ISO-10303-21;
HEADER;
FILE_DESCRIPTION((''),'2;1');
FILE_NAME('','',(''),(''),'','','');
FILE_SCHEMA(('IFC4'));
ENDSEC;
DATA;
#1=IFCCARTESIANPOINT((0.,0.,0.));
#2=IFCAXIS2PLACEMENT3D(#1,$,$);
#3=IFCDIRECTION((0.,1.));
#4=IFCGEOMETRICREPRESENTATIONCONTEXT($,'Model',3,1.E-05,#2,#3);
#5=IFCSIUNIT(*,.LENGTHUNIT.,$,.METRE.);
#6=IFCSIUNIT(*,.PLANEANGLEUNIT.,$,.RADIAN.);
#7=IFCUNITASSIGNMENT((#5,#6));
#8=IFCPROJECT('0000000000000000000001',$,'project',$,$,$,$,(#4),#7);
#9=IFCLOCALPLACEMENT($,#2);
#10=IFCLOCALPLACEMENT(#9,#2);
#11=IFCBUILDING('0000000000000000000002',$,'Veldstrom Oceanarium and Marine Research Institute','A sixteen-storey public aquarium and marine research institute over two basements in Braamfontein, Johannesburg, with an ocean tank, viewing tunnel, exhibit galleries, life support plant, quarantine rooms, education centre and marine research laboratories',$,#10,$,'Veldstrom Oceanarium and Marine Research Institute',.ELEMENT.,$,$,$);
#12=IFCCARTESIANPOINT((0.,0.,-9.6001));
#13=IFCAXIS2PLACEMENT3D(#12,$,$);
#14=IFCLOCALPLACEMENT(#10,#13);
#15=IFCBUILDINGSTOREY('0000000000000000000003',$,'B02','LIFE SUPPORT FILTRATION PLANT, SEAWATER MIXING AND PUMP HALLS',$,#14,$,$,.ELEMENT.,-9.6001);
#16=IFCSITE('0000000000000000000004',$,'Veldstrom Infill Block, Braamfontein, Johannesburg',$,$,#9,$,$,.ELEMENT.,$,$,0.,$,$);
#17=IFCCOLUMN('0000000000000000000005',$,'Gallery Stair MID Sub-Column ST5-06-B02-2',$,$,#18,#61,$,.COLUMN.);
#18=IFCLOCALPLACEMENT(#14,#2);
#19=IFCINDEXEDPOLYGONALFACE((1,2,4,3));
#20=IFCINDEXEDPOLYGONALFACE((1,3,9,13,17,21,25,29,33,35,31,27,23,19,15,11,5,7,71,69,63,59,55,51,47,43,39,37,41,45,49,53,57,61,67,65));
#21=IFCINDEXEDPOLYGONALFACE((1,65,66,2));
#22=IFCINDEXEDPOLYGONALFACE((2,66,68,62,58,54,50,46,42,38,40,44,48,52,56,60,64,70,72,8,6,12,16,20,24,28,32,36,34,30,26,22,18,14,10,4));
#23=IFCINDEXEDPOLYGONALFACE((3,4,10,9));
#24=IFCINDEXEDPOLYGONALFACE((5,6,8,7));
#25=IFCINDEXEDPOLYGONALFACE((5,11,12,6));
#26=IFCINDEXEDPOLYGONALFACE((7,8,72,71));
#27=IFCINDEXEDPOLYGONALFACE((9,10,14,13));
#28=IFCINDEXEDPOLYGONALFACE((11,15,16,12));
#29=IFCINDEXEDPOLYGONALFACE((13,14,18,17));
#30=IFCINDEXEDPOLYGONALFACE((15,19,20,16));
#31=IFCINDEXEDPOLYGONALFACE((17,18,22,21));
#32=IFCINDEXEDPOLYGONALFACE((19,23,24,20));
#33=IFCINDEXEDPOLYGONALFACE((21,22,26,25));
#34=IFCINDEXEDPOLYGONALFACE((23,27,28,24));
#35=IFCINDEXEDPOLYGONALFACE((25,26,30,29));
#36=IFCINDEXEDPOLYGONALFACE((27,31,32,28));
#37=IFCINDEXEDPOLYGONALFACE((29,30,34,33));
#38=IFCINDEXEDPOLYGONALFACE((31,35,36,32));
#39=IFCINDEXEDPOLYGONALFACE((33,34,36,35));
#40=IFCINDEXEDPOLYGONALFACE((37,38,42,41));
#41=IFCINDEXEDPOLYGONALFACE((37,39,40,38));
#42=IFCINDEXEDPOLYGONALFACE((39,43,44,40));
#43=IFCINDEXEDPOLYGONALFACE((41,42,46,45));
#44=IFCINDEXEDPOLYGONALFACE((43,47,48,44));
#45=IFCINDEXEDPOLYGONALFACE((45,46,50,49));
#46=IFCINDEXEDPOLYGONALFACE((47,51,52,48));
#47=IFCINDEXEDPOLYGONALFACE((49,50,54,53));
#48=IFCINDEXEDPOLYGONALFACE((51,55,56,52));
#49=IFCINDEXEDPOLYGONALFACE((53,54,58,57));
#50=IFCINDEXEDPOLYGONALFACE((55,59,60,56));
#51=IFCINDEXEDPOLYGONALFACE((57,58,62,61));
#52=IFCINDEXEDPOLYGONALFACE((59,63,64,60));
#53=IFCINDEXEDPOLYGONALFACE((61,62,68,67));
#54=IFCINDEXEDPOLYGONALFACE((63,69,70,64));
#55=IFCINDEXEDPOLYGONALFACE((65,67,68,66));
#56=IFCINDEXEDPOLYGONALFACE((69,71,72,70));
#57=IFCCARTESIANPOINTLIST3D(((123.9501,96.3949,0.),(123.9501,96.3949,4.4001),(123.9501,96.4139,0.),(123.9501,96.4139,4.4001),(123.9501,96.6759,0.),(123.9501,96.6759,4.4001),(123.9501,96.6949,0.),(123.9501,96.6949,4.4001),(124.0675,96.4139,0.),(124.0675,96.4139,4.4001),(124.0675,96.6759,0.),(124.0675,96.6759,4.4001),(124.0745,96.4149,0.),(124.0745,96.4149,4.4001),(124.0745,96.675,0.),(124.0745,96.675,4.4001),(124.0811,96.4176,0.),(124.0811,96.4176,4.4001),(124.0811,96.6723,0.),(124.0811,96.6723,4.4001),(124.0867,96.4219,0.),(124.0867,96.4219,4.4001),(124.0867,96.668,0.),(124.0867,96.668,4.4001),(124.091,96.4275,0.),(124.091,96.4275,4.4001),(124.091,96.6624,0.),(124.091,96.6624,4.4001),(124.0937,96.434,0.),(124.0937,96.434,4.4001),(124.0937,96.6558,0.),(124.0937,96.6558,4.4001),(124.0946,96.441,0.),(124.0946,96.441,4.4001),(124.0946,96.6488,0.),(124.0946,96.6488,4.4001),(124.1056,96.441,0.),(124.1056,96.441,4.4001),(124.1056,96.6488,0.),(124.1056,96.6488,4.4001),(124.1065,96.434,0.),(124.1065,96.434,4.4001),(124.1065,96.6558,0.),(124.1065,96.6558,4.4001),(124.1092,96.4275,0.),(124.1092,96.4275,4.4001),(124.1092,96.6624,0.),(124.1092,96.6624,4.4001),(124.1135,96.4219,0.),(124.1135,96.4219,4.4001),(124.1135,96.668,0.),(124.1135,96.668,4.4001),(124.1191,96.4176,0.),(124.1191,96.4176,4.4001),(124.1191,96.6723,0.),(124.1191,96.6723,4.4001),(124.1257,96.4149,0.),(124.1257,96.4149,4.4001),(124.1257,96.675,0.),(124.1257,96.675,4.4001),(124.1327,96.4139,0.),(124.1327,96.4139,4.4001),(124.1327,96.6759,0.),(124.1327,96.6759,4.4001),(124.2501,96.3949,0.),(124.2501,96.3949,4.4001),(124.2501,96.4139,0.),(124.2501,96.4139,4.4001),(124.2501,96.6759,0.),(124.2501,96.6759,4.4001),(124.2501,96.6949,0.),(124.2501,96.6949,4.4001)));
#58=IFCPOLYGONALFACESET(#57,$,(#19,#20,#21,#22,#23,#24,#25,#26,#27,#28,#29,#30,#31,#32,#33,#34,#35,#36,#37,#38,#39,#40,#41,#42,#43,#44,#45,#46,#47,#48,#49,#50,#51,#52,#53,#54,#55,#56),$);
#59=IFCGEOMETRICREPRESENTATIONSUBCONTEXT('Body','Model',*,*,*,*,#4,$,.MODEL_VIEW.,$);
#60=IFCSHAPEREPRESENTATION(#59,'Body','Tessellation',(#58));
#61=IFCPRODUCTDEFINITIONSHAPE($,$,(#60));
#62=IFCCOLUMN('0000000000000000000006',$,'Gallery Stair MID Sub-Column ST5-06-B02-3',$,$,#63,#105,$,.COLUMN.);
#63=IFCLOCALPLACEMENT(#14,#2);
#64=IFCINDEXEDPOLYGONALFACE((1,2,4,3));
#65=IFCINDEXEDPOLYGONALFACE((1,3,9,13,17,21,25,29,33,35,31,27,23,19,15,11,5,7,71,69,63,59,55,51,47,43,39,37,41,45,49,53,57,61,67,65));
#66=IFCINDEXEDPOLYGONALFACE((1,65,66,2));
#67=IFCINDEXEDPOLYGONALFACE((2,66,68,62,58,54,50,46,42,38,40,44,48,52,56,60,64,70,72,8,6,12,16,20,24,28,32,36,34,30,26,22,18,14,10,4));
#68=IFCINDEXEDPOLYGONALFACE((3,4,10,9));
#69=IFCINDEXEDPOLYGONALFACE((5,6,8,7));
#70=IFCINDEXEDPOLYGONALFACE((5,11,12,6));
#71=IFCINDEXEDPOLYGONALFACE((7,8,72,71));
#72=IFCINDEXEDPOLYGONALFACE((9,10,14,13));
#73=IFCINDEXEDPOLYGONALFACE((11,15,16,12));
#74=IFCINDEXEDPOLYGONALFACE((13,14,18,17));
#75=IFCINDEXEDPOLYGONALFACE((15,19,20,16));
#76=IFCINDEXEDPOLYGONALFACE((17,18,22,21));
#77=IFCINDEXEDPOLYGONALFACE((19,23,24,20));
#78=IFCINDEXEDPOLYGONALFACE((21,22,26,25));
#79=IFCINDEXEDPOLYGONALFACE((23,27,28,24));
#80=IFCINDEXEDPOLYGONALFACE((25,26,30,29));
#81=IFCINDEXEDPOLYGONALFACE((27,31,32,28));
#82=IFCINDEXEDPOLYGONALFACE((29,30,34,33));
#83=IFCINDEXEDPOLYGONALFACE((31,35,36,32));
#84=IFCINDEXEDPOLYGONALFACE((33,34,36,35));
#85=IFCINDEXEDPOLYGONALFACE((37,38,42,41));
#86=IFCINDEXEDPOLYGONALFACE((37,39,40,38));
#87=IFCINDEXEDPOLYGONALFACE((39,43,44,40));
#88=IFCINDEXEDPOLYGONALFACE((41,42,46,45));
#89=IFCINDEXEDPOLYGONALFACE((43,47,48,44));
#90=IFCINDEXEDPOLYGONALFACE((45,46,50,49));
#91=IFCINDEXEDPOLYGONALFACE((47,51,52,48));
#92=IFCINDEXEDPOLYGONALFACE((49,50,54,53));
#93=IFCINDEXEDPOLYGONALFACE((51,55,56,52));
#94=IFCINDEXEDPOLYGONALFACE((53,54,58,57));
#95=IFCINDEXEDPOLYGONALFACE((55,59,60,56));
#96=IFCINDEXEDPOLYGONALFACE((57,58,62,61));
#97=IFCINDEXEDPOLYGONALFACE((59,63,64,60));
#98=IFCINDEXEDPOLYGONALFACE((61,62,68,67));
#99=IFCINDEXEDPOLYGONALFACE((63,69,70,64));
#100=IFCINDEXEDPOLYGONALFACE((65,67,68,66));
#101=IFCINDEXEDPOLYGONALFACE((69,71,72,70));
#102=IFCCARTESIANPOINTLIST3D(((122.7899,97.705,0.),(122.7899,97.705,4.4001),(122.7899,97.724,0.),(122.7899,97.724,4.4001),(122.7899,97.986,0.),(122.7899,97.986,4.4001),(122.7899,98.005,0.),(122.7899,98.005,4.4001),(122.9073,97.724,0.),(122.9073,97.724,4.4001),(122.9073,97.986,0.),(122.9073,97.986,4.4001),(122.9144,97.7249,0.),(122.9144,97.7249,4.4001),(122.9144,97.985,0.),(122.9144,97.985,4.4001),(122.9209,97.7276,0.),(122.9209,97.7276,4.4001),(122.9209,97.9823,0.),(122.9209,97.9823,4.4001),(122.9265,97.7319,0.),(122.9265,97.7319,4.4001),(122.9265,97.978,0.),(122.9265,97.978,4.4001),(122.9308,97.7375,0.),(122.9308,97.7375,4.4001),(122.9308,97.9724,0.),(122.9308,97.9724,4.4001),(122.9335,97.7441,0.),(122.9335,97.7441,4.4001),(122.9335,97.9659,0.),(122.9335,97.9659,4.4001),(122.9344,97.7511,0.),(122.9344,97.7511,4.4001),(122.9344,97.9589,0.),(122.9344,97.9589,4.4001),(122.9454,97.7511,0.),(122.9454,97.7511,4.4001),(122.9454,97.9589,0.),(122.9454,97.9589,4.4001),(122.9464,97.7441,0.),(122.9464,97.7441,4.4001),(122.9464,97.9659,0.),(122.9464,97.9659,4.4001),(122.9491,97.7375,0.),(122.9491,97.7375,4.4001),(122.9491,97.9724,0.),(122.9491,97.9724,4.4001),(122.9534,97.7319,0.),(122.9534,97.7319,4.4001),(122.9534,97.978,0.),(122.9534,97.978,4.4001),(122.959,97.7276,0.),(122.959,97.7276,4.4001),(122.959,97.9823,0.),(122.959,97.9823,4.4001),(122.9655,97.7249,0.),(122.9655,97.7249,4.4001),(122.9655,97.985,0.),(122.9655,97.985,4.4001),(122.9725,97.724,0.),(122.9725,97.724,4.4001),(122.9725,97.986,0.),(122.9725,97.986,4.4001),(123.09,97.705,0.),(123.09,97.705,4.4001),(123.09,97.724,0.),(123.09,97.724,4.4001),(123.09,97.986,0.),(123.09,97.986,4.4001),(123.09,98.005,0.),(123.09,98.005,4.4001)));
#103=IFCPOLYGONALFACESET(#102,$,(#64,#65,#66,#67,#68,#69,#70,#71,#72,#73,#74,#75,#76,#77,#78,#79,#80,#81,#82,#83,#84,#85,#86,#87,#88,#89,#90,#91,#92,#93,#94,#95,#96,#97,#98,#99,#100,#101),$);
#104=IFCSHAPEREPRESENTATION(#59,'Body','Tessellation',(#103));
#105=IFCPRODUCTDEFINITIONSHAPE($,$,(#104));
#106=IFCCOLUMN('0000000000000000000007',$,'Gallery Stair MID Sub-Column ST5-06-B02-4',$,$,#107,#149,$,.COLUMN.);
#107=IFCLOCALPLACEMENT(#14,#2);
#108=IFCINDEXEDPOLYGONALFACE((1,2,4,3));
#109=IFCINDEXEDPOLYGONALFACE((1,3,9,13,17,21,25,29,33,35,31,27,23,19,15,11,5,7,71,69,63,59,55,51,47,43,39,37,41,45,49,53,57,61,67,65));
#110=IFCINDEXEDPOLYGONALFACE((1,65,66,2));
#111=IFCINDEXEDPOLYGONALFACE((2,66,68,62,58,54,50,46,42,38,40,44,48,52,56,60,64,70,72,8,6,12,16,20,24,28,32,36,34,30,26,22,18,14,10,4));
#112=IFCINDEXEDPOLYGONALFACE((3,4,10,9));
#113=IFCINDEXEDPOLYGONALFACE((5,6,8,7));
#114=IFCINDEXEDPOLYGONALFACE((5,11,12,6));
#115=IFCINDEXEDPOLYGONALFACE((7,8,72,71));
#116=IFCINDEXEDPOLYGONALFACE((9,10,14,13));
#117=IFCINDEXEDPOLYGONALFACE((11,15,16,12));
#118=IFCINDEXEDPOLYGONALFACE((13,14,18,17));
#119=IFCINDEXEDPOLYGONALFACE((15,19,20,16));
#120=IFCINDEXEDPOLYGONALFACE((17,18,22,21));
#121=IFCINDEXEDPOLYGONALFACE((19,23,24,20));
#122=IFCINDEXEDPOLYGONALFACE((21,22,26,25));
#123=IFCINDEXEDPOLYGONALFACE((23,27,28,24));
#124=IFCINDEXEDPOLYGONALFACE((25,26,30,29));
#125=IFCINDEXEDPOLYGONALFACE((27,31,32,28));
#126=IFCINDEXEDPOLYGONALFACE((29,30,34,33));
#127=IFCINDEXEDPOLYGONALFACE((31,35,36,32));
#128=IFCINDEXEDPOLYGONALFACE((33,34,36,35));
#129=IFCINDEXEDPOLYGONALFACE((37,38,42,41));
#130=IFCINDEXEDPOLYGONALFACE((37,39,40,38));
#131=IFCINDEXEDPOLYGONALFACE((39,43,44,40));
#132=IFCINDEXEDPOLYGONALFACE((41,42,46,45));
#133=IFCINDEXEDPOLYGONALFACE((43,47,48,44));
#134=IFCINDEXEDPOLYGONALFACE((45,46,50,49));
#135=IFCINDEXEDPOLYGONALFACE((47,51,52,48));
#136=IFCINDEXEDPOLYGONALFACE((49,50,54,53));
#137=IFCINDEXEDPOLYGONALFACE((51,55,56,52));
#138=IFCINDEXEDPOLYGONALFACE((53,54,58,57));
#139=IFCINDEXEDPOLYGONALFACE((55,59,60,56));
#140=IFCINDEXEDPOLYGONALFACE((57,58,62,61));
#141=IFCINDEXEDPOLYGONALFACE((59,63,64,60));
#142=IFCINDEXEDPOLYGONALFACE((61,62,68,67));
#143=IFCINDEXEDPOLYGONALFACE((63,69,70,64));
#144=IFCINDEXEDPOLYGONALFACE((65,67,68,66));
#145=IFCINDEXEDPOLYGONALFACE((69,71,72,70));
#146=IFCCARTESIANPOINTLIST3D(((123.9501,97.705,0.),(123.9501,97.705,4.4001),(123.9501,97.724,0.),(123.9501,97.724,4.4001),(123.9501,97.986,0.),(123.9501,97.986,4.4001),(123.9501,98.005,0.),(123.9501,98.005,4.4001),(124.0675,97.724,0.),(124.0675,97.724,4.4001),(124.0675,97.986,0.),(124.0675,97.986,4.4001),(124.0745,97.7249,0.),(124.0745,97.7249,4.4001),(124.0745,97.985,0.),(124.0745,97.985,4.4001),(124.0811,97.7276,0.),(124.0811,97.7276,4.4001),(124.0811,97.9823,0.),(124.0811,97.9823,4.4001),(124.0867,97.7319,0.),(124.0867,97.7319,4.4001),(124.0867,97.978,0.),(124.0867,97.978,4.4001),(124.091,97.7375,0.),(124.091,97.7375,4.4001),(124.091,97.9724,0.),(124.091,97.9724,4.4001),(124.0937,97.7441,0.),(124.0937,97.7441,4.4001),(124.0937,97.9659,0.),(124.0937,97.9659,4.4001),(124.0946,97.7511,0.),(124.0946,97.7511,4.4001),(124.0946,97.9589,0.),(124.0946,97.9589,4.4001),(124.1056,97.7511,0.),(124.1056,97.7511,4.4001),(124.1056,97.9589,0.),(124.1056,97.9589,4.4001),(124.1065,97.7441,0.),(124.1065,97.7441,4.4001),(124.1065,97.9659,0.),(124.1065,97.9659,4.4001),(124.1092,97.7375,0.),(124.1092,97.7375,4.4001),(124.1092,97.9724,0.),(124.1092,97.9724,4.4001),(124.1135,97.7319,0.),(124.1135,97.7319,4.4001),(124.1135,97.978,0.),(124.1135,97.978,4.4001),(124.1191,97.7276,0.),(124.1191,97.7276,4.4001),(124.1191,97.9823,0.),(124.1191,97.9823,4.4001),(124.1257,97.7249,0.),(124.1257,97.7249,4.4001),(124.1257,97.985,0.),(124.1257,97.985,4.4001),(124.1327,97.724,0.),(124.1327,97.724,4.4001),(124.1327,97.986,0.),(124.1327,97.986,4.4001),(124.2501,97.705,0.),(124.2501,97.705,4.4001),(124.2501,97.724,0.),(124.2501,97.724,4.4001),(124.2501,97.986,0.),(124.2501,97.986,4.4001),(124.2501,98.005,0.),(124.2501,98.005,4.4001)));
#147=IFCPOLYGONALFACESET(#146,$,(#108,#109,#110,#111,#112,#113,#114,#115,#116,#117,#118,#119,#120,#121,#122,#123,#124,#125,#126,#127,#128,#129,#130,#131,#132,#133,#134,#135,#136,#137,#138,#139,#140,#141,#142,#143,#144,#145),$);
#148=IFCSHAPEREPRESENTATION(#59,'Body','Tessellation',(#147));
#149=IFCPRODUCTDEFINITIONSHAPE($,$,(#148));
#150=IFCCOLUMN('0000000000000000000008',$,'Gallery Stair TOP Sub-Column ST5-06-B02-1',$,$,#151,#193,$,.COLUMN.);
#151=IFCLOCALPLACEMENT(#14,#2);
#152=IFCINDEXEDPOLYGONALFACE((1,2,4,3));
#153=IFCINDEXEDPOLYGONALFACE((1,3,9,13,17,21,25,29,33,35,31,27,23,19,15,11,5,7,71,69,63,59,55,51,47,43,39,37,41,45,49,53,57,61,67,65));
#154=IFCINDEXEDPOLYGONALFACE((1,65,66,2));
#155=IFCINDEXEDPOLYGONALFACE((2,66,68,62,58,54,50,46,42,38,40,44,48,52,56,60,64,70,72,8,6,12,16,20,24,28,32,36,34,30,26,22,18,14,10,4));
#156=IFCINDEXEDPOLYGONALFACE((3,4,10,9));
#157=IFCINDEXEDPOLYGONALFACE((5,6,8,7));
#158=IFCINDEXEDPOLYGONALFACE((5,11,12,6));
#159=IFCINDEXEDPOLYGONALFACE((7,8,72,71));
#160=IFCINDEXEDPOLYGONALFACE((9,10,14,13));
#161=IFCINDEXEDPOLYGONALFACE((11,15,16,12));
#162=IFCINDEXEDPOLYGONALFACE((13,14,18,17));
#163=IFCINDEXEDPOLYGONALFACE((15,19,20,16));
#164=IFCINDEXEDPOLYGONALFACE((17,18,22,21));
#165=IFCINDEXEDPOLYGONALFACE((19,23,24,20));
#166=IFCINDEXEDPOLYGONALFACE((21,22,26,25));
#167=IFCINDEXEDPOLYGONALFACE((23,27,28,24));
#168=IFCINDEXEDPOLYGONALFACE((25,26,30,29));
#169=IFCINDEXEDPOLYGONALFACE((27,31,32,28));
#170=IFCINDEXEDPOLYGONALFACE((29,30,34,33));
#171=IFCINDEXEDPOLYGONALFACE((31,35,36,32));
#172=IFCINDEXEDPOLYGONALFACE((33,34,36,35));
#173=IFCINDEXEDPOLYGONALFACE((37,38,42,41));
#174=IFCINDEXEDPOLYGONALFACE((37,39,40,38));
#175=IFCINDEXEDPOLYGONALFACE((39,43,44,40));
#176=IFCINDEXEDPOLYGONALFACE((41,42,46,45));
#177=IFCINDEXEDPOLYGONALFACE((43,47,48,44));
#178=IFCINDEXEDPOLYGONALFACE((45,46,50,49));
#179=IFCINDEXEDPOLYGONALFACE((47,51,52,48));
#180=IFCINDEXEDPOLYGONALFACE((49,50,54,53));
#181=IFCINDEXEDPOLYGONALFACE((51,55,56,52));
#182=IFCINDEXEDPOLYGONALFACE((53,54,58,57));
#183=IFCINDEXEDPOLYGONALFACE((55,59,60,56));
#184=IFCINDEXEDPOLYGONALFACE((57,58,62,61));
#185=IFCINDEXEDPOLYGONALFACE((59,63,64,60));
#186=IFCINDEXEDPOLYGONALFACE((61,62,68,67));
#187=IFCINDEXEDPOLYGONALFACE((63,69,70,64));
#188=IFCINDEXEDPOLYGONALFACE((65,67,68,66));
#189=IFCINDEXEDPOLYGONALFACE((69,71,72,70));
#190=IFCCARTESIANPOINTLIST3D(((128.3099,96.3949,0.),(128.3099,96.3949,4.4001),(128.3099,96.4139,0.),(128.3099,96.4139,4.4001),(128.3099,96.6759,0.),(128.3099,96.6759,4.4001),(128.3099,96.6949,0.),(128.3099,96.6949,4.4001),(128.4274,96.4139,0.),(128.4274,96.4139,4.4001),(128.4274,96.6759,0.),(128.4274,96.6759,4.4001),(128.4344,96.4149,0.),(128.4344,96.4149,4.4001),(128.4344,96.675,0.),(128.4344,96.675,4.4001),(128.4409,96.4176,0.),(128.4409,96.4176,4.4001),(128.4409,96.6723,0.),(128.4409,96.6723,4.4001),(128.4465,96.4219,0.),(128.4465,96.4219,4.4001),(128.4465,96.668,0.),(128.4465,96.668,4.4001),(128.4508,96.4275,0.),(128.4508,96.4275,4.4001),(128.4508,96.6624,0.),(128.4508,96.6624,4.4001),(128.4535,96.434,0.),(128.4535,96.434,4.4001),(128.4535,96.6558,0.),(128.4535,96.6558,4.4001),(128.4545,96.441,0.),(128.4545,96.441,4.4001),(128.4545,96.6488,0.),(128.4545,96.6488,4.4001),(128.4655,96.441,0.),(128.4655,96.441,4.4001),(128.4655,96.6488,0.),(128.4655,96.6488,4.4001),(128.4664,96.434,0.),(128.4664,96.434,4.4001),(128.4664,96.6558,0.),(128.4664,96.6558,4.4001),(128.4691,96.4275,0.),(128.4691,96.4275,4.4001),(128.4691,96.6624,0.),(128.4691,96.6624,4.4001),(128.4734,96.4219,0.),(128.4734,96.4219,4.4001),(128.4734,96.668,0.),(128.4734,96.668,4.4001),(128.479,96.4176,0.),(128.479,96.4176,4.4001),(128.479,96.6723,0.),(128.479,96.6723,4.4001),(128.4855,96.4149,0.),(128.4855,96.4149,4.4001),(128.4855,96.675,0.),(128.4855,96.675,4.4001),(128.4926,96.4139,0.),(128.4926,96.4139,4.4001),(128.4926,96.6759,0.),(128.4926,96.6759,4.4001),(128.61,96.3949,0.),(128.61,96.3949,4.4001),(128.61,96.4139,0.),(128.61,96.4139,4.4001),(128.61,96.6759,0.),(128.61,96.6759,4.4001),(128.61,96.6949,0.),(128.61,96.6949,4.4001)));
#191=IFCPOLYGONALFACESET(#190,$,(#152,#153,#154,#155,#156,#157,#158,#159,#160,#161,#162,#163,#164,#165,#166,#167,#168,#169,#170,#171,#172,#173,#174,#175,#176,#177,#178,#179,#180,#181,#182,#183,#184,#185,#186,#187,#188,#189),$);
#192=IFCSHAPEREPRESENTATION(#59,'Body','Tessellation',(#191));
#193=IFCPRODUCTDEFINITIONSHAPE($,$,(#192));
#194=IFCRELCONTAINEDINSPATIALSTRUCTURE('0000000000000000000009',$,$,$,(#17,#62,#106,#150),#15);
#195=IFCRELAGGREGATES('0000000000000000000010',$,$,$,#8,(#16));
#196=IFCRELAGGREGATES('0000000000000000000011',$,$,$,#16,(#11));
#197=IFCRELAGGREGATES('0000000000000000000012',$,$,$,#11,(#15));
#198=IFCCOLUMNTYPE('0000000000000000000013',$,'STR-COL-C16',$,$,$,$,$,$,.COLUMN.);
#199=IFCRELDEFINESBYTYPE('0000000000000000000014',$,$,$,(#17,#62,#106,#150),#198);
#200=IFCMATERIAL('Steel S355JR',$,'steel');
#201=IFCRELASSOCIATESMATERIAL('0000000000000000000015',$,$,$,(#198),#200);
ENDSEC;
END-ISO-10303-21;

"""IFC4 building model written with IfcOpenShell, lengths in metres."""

from ifc_helpers import new_model, si_unit, direction, frame, origin, origin_2d, place, context, subcontext, project, spatial, i_section, extrude, material, material_profile, profile_set, type_object, element, save


model = new_model("IFC4")

# Units and contexts
model_context = context("Model", 3, precision=1e-05, world=origin(), true_north=direction((0.0, 1.0)))
body_context = subcontext(model_context, "Body", "Model", "MODEL_VIEW")
ifc_project = project(units=[si_unit("LENGTHUNIT", "METRE"), si_unit("PLANEANGLEUNIT", "RADIAN")], contexts=[model_context])

# Site, building, storey
site_placement = place(None, origin())
site = spatial("IfcSite", under=ifc_project, at=site_placement, Name="Veldstrom Infill Block, Braamfontein, Johannesburg", CompositionType="ELEMENT", RefElevation=0.0)
building_placement = place(site_placement, origin())
building = spatial("IfcBuilding", under=site, at=building_placement, Name="Veldstrom Oceanarium and Marine Research Institute", Description="A sixteen-storey public aquarium and marine research institute over two basements in Braamfontein, Johannesburg, with an ocean tank, viewing tunnel, exhibit galleries, life support plant, quarantine rooms, education centre and marine research laboratories", LongName="Veldstrom Oceanarium and Marine Research Institute", CompositionType="ELEMENT")
storey_placement = place(building_placement, frame((0.0, 0.0, -9.6001)))
storey = spatial("IfcBuildingStorey", under=building, at=storey_placement, Name="B02", Description="LIFE SUPPORT FILTRATION PLANT, SEAWATER MIXING AND PUMP HALLS", CompositionType="ELEMENT", Elevation=-9.6001)

# Columns
ifc_material_1 = material(Name="Steel S355JR", Category="steel")
ifc_material_profile_1 = material_profile(ifc_material_1, i_section(OverallWidth=0.3, OverallDepth=0.3, WebThickness=0.011, FlangeThickness=0.019, FilletRadius=0.0271, at=origin_2d()), Name="HEB 300")
ifc_profile_set_1 = profile_set([ifc_material_profile_1], Name="Steel S355JR")
column_type_1 = type_object("IfcColumnType", Name="STR-COL-C16", PredefinedType="COLUMN", material=ifc_profile_set_1)
for number, where, z_axis, x_axis, name in (
    (1, (124.1001, 96.5449, 0.0), (0.0, 0.0, 1.0), (1.0, 0.0, 0.0), "Gallery Stair MID Sub-Column ST5-06-B02-2"),
    (2, (122.9399, 97.855, 0.0), (0.0, 0.0, 1.0), (1.0, 0.0, 0.0), "Gallery Stair MID Sub-Column ST5-06-B02-3"),
    (3, (124.1001, 97.855, 0.0), (0.0, 0.0, 1.0), (1.0, 0.0, 0.0), "Gallery Stair MID Sub-Column ST5-06-B02-4"),
    (4, (128.46, 96.5449, 0.0), (0.0, 0.0, 1.0), (1.0, 0.0, 0.0), "Gallery Stair TOP Sub-Column ST5-06-B02-1"),
):
    element("IfcColumn", number, at=place(storey_placement, frame(where, z_axis=z_axis, x_axis=x_axis)), inside=storey, type_object=column_type_1, Name=name, PredefinedType="COLUMN", context=body_context, shape_type="SweptSolid", body=[
        extrude(i_section(OverallWidth=0.3, OverallDepth=0.3, WebThickness=0.011, FlangeThickness=0.019, FilletRadius=0.0271, at=origin_2d()), origin(), (0.0, 0.0, 1.0), 4.4001),
    ])

save(model, "model.ifc")
